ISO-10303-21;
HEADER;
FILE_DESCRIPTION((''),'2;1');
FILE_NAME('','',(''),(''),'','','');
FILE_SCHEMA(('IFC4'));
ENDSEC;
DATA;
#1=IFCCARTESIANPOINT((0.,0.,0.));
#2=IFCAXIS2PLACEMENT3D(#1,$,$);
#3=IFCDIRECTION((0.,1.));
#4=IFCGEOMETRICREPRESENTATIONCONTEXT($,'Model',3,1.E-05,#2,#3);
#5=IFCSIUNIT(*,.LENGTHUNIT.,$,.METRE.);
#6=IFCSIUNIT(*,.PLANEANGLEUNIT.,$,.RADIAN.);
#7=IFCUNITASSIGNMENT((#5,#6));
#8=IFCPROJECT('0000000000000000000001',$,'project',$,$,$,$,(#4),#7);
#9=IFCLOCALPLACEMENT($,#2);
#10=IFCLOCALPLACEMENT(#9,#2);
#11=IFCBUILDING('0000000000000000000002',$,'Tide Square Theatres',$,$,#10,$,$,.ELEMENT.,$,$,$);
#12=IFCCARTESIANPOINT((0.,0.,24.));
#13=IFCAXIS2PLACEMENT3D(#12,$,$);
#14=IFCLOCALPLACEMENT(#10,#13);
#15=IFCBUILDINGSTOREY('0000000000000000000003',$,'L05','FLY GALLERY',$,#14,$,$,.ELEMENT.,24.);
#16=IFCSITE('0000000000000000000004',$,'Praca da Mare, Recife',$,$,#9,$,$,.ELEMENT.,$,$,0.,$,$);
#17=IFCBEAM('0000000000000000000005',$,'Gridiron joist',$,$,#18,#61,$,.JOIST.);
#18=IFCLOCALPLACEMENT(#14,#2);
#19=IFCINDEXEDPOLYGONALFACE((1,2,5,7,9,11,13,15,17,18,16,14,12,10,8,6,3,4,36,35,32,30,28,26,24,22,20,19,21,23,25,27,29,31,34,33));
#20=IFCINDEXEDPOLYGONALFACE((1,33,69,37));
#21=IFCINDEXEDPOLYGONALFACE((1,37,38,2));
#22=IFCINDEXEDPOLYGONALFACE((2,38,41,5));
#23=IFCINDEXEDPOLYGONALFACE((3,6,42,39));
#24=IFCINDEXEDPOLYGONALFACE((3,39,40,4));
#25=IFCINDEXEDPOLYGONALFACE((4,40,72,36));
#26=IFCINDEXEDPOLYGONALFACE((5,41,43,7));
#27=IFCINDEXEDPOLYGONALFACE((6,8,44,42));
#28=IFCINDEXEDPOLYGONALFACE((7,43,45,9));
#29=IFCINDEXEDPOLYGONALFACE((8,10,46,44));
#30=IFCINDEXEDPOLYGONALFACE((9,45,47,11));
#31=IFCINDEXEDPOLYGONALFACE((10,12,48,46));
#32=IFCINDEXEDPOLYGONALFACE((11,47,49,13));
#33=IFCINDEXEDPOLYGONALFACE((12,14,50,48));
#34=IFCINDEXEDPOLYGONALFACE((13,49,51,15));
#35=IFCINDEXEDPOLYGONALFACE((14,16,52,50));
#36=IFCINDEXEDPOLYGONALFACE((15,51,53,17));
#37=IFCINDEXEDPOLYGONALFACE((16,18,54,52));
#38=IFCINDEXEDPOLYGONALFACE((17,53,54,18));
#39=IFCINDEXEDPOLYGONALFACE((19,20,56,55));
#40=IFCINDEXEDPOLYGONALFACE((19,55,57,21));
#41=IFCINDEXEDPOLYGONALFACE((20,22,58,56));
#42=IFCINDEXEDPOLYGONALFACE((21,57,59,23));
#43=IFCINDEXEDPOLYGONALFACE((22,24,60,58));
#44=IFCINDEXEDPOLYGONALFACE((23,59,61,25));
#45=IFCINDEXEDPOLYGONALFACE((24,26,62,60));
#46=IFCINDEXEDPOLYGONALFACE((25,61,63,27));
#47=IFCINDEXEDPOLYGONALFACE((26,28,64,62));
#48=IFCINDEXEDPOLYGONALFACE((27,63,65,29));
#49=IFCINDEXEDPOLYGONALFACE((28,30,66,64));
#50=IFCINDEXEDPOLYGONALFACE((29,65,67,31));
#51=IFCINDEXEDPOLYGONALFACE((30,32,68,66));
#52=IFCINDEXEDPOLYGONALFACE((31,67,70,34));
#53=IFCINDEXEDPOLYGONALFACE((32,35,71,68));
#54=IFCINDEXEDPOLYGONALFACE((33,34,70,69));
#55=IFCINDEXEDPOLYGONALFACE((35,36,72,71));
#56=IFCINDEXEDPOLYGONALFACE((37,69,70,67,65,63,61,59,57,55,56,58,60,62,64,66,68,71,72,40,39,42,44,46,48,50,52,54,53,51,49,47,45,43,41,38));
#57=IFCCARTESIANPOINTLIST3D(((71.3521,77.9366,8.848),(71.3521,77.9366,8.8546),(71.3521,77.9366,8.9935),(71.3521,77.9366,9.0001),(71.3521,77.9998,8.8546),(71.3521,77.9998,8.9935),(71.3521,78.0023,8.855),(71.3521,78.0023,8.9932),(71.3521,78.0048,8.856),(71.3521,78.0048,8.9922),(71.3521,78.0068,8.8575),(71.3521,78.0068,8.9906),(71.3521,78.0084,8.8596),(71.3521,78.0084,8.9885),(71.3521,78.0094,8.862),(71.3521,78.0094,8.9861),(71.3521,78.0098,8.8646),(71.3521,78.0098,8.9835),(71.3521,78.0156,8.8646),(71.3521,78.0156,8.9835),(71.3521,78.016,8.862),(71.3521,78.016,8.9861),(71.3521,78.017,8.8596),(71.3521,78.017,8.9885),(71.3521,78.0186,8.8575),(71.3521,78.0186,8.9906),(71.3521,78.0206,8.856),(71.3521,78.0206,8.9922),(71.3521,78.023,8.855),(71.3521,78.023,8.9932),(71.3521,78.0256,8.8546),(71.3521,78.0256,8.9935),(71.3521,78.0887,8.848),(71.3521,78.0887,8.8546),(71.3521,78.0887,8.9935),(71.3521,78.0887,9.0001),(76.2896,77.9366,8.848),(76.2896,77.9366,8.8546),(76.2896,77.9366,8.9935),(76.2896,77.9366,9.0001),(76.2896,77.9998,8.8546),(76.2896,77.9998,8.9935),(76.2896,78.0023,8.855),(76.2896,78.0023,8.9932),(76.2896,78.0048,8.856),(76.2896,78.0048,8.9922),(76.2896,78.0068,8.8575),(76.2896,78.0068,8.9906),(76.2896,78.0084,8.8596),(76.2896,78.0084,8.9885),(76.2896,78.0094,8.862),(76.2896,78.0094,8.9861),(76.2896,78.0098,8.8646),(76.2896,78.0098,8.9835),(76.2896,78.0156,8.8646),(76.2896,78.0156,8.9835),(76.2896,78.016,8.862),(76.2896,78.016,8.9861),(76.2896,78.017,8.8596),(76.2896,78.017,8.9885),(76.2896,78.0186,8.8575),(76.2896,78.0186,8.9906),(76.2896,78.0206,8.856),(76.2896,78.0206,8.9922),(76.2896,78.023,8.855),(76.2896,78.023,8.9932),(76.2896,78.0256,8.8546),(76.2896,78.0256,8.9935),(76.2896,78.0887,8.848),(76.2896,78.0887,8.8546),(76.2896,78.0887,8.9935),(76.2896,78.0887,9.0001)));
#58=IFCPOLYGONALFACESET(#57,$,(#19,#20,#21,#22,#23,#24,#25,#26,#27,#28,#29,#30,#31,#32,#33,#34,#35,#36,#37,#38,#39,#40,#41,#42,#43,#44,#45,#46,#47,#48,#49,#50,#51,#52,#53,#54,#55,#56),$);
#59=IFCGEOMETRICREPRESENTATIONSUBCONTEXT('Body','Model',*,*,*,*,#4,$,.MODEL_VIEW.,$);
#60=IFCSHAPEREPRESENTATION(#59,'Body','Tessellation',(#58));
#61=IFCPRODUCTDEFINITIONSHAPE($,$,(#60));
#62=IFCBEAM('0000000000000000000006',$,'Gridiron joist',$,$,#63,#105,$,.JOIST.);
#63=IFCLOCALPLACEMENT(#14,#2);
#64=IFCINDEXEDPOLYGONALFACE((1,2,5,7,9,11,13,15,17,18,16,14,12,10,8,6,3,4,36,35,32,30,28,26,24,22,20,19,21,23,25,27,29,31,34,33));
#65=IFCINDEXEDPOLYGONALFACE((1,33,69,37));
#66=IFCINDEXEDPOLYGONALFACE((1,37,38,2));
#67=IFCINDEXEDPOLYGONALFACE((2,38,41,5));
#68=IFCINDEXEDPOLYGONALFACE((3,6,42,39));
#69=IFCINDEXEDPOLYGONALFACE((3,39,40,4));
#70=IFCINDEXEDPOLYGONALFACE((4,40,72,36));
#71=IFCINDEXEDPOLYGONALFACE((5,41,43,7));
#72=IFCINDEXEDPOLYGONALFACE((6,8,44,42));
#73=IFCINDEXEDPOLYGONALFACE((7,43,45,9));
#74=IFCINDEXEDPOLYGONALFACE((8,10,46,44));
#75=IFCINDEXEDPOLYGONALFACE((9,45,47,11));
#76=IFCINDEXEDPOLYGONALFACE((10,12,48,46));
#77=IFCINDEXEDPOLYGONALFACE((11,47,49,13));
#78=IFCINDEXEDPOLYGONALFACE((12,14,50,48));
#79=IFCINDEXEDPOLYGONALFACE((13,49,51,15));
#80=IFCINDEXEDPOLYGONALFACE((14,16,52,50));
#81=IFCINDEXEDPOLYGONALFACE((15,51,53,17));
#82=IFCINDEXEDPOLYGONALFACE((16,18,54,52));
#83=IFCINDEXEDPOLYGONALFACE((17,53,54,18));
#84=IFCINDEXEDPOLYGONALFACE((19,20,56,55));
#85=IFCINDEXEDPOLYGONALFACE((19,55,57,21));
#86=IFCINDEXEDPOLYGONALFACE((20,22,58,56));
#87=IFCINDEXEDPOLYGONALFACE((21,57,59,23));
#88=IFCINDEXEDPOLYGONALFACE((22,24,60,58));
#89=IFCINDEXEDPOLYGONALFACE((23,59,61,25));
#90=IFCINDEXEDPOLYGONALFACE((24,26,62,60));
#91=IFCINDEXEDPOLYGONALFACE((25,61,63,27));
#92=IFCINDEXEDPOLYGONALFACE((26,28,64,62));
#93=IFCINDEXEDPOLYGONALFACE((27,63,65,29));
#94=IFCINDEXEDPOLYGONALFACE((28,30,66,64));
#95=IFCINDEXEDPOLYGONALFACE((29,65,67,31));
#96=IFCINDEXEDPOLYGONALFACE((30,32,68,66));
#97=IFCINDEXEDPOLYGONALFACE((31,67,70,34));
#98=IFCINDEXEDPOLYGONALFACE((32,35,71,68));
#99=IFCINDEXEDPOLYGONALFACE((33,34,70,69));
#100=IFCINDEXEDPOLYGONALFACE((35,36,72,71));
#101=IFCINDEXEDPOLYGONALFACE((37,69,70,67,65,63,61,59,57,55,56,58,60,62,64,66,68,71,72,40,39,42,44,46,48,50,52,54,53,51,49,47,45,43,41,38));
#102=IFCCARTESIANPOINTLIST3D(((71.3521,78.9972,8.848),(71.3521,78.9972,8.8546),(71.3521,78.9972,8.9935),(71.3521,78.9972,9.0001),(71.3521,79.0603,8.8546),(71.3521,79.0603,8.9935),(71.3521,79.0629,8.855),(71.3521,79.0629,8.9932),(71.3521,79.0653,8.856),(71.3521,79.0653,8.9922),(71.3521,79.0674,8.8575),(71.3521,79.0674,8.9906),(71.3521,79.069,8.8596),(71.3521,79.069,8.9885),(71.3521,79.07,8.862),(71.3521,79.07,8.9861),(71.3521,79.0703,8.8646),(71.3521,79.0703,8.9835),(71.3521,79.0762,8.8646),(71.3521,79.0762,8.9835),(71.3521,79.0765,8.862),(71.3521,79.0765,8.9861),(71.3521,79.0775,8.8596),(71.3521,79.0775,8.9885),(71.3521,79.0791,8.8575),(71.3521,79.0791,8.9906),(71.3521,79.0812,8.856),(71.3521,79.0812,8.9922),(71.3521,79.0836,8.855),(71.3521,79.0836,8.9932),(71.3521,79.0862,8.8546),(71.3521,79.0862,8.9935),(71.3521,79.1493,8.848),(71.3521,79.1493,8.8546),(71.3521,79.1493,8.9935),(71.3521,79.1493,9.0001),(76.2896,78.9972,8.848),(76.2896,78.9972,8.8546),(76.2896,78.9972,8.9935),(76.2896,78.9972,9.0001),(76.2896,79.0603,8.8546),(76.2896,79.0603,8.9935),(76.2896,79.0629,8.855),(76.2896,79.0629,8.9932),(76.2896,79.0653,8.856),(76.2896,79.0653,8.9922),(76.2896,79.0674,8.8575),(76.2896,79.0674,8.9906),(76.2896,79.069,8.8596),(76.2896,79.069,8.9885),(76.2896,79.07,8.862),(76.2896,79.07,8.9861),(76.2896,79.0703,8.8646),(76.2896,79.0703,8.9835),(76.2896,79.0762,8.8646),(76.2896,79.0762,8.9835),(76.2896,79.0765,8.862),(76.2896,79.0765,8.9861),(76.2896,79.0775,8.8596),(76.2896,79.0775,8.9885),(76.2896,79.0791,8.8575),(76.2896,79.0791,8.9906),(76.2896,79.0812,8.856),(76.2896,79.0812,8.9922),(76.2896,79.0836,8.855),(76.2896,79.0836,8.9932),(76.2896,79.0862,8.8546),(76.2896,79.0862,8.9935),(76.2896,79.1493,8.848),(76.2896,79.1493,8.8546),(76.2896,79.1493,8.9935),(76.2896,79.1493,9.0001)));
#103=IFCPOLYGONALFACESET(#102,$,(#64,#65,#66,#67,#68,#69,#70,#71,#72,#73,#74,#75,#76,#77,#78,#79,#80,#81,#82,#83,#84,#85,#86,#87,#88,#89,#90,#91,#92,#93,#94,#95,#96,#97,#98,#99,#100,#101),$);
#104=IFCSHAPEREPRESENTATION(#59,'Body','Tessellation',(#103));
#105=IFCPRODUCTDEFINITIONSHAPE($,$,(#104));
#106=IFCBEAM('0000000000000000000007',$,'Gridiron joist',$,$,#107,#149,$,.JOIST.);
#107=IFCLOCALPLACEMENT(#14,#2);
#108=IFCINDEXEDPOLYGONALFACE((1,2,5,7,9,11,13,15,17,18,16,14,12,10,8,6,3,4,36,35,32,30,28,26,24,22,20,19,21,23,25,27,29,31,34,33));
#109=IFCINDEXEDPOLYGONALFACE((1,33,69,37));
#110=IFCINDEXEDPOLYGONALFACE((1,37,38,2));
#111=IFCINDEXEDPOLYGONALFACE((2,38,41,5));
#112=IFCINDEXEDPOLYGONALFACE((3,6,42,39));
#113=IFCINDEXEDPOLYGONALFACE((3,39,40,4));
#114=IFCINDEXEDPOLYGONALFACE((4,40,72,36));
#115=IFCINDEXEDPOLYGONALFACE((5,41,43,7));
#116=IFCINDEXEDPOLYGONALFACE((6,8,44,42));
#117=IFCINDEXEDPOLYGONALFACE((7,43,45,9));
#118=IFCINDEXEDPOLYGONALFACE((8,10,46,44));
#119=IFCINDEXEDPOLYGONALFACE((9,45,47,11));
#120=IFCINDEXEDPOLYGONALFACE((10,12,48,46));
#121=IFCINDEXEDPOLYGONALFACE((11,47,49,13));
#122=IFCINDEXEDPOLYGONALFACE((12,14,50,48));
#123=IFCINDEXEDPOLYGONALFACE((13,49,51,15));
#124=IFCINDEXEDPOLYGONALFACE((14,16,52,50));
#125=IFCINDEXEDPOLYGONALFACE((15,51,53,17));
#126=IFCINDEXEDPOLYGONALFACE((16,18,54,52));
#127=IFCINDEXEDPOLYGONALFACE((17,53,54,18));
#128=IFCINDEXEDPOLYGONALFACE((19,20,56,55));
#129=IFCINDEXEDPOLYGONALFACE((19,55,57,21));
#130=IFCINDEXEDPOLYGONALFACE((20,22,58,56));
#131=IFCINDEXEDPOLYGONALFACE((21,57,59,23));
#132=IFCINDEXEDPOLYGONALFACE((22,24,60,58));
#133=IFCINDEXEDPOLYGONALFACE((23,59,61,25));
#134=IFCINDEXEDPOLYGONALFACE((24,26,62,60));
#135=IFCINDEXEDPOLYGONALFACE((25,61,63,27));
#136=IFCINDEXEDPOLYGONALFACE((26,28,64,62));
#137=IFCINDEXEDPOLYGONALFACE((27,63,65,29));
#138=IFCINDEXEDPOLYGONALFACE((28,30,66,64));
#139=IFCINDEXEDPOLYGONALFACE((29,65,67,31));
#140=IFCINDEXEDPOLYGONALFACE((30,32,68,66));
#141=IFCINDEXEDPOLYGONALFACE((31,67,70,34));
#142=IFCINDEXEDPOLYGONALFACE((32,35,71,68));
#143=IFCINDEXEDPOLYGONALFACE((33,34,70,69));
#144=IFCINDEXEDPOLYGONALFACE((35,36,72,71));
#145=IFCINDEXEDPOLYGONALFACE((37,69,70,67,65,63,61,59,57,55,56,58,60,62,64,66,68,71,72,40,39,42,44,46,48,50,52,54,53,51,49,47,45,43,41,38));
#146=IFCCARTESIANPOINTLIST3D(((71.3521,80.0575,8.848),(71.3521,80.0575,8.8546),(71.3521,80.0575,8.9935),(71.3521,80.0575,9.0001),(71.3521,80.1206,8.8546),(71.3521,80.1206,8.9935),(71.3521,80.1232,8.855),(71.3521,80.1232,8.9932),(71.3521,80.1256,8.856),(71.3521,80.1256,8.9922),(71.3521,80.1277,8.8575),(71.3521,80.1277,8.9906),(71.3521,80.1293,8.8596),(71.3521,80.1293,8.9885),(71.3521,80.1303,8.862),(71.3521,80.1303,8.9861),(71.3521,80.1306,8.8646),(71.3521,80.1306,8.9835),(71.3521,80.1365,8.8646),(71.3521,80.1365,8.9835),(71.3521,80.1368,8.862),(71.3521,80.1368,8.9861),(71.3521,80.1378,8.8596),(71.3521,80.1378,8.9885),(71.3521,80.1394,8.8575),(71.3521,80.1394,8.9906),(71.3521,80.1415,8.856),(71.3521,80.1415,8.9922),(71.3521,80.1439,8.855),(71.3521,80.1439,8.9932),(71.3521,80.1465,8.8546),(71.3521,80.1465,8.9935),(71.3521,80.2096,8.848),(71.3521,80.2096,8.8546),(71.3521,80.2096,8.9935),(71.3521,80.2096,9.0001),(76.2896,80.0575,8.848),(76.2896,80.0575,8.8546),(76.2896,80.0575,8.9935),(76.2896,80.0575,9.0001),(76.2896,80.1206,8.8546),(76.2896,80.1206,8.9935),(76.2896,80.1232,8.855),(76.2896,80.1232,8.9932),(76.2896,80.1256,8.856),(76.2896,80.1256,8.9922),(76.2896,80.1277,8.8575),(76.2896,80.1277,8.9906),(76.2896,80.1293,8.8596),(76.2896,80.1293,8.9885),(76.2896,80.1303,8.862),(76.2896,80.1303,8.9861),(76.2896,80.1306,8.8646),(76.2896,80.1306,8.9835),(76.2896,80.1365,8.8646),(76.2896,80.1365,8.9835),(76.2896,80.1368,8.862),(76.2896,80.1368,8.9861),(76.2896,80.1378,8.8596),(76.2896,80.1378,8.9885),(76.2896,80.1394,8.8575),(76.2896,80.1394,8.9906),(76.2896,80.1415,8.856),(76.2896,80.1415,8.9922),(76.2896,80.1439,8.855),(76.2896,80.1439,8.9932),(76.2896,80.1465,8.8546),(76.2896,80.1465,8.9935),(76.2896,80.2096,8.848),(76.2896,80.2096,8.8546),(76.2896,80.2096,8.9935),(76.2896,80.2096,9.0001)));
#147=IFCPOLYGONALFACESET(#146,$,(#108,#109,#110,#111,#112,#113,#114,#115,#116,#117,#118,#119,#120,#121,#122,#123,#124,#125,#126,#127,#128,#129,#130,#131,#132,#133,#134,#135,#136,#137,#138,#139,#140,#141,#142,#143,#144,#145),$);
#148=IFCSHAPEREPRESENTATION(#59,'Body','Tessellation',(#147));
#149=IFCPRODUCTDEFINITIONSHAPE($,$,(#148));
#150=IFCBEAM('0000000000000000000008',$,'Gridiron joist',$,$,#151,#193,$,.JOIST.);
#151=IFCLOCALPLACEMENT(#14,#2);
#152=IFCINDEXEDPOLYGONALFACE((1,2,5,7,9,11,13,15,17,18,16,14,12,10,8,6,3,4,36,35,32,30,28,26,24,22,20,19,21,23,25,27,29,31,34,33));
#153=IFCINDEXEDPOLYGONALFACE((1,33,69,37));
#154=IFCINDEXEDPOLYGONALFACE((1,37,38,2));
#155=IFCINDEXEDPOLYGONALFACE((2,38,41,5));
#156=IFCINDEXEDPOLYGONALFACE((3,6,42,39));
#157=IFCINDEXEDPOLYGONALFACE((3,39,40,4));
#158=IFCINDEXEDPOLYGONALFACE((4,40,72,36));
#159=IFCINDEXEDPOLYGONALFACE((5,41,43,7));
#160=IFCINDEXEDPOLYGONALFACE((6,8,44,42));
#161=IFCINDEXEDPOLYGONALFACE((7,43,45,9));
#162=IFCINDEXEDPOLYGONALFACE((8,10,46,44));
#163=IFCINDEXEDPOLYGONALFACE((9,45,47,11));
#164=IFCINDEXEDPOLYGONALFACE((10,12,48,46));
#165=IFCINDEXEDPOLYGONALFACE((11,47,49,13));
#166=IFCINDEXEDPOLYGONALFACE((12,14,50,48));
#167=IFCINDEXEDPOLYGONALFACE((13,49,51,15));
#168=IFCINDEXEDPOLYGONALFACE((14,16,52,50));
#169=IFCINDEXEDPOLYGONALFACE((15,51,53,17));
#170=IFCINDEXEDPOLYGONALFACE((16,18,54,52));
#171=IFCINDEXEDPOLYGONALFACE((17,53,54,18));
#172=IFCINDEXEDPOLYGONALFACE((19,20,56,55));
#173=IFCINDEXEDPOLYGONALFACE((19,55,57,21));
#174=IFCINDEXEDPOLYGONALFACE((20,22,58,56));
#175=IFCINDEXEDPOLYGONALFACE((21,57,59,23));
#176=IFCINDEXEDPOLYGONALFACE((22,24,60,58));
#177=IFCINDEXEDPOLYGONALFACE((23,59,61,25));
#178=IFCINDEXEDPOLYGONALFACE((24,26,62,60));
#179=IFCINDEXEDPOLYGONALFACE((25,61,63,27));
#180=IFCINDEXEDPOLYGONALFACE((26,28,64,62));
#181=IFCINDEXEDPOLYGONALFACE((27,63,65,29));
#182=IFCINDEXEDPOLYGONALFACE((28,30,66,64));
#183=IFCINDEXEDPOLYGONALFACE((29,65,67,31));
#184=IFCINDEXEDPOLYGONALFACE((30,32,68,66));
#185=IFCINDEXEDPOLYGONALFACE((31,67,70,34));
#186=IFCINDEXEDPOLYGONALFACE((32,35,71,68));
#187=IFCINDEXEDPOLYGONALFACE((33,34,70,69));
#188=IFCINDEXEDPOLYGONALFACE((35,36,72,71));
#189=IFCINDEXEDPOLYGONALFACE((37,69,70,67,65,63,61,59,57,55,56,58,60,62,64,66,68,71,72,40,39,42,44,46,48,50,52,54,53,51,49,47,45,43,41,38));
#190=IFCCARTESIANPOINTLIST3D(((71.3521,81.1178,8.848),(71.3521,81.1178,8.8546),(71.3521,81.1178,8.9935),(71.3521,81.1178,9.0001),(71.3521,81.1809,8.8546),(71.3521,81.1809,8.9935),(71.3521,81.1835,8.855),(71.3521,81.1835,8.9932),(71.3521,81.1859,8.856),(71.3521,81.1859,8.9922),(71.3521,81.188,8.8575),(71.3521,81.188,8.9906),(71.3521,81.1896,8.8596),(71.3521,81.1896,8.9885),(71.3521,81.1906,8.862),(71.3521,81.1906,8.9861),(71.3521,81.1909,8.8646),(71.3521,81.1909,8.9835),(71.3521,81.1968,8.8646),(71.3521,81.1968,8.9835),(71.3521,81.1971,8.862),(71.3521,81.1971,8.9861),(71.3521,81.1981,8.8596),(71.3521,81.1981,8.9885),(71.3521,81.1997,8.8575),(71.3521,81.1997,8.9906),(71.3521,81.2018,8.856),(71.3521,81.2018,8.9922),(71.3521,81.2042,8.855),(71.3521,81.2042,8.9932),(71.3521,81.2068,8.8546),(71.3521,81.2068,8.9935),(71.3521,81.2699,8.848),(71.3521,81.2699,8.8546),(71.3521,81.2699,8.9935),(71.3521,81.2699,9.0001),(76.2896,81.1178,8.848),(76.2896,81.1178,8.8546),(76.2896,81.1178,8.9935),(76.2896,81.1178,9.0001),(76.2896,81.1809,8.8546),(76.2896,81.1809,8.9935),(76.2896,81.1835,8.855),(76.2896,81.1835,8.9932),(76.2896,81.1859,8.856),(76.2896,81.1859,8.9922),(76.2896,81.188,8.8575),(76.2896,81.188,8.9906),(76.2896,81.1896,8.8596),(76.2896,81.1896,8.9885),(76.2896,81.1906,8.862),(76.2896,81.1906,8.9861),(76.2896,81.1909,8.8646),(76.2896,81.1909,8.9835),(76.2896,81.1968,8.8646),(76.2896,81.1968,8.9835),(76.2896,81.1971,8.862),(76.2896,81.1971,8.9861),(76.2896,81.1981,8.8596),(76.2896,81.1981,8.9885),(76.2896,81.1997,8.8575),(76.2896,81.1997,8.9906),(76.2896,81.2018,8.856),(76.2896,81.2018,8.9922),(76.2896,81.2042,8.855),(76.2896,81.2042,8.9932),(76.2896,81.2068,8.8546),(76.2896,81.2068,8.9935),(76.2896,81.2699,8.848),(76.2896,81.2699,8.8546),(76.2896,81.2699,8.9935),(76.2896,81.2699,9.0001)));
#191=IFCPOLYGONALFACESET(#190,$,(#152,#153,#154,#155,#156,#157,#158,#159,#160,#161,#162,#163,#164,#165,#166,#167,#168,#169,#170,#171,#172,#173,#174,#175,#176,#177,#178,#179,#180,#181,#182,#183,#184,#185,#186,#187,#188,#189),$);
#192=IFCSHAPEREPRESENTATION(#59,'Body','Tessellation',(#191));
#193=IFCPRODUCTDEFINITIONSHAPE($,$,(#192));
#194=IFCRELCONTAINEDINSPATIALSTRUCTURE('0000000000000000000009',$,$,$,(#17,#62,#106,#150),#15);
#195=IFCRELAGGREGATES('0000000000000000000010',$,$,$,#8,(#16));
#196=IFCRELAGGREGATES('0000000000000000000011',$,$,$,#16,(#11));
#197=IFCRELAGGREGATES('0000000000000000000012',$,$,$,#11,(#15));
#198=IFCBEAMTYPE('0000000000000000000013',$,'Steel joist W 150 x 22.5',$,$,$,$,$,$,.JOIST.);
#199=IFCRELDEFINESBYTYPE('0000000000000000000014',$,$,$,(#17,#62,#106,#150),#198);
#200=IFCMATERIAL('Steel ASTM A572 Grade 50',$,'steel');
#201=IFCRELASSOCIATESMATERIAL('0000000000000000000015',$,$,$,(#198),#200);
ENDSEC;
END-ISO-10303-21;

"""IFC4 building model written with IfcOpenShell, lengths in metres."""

from ifc_helpers import new_model, si_unit, direction, frame, origin, origin_2d, place, context, subcontext, project, spatial, i_section, extrude, material, material_profile, profile_set, type_object, element, save


model = new_model("IFC4")

# Units and contexts
model_context = context("Model", 3, precision=1e-05, world=origin(), true_north=direction((0.0, 1.0)))
body_context = subcontext(model_context, "Body", "Model", "MODEL_VIEW")
ifc_project = project(units=[si_unit("LENGTHUNIT", "METRE"), si_unit("PLANEANGLEUNIT", "RADIAN")], contexts=[model_context])

# Site, building, storey
site_placement = place(None, origin())
site = spatial("IfcSite", under=ifc_project, at=site_placement, Name="Praca da Mare, Recife", CompositionType="ELEMENT", RefElevation=0.0)
building_placement = place(site_placement, origin())
building = spatial("IfcBuilding", under=site, at=building_placement, Name="Tide Square Theatres", CompositionType="ELEMENT")
storey_placement = place(building_placement, frame((0.0, 0.0, 24.0)))
storey = spatial("IfcBuildingStorey", under=building, at=storey_placement, Name="L05", Description="FLY GALLERY", CompositionType="ELEMENT", Elevation=24.0)

# Beams
ifc_material_1 = material(Name="Steel ASTM A572 Grade 50", Category="steel")
ifc_material_profile_1 = material_profile(ifc_material_1, i_section(OverallWidth=0.1521, OverallDepth=0.1521, WebThickness=0.0059, FlangeThickness=0.0066, FilletRadius=0.01, at=origin_2d()))
ifc_profile_set_1 = profile_set([ifc_material_profile_1], Name="Steel ASTM A572 Grade 50")
beam_type_1 = type_object("IfcBeamType", Name="Steel joist W 150 x 22.5", PredefinedType="JOIST", material=ifc_profile_set_1)
for number, where, z_axis, x_axis, name in (
    (1, (71.3521, 78.0127, 8.9241), (1.0, 0.0, 0.0), (0.0, 1.0, 0.0), "Gridiron joist"),
    (2, (71.3521, 79.0732, 8.9241), (1.0, 0.0, 0.0), (0.0, 1.0, 0.0), "Gridiron joist"),
    (3, (71.3521, 80.1335, 8.9241), (1.0, 0.0, 0.0), (0.0, 1.0, 0.0), "Gridiron joist"),
    (4, (71.3521, 81.1938, 8.9241), (1.0, 0.0, 0.0), (0.0, 1.0, 0.0), "Gridiron joist"),
):
    element("IfcBeam", number, at=place(storey_placement, frame(where, z_axis=z_axis, x_axis=x_axis)), inside=storey, type_object=beam_type_1, Name=name, PredefinedType="JOIST", context=body_context, shape_type="SweptSolid", body=[
        extrude(i_section(OverallWidth=0.1521, OverallDepth=0.1521, WebThickness=0.0059, FlangeThickness=0.0066, FilletRadius=0.01, at=origin_2d()), origin(), (0.0, 0.0, 1.0), 4.9375),
    ])

save(model, "model.ifc")
